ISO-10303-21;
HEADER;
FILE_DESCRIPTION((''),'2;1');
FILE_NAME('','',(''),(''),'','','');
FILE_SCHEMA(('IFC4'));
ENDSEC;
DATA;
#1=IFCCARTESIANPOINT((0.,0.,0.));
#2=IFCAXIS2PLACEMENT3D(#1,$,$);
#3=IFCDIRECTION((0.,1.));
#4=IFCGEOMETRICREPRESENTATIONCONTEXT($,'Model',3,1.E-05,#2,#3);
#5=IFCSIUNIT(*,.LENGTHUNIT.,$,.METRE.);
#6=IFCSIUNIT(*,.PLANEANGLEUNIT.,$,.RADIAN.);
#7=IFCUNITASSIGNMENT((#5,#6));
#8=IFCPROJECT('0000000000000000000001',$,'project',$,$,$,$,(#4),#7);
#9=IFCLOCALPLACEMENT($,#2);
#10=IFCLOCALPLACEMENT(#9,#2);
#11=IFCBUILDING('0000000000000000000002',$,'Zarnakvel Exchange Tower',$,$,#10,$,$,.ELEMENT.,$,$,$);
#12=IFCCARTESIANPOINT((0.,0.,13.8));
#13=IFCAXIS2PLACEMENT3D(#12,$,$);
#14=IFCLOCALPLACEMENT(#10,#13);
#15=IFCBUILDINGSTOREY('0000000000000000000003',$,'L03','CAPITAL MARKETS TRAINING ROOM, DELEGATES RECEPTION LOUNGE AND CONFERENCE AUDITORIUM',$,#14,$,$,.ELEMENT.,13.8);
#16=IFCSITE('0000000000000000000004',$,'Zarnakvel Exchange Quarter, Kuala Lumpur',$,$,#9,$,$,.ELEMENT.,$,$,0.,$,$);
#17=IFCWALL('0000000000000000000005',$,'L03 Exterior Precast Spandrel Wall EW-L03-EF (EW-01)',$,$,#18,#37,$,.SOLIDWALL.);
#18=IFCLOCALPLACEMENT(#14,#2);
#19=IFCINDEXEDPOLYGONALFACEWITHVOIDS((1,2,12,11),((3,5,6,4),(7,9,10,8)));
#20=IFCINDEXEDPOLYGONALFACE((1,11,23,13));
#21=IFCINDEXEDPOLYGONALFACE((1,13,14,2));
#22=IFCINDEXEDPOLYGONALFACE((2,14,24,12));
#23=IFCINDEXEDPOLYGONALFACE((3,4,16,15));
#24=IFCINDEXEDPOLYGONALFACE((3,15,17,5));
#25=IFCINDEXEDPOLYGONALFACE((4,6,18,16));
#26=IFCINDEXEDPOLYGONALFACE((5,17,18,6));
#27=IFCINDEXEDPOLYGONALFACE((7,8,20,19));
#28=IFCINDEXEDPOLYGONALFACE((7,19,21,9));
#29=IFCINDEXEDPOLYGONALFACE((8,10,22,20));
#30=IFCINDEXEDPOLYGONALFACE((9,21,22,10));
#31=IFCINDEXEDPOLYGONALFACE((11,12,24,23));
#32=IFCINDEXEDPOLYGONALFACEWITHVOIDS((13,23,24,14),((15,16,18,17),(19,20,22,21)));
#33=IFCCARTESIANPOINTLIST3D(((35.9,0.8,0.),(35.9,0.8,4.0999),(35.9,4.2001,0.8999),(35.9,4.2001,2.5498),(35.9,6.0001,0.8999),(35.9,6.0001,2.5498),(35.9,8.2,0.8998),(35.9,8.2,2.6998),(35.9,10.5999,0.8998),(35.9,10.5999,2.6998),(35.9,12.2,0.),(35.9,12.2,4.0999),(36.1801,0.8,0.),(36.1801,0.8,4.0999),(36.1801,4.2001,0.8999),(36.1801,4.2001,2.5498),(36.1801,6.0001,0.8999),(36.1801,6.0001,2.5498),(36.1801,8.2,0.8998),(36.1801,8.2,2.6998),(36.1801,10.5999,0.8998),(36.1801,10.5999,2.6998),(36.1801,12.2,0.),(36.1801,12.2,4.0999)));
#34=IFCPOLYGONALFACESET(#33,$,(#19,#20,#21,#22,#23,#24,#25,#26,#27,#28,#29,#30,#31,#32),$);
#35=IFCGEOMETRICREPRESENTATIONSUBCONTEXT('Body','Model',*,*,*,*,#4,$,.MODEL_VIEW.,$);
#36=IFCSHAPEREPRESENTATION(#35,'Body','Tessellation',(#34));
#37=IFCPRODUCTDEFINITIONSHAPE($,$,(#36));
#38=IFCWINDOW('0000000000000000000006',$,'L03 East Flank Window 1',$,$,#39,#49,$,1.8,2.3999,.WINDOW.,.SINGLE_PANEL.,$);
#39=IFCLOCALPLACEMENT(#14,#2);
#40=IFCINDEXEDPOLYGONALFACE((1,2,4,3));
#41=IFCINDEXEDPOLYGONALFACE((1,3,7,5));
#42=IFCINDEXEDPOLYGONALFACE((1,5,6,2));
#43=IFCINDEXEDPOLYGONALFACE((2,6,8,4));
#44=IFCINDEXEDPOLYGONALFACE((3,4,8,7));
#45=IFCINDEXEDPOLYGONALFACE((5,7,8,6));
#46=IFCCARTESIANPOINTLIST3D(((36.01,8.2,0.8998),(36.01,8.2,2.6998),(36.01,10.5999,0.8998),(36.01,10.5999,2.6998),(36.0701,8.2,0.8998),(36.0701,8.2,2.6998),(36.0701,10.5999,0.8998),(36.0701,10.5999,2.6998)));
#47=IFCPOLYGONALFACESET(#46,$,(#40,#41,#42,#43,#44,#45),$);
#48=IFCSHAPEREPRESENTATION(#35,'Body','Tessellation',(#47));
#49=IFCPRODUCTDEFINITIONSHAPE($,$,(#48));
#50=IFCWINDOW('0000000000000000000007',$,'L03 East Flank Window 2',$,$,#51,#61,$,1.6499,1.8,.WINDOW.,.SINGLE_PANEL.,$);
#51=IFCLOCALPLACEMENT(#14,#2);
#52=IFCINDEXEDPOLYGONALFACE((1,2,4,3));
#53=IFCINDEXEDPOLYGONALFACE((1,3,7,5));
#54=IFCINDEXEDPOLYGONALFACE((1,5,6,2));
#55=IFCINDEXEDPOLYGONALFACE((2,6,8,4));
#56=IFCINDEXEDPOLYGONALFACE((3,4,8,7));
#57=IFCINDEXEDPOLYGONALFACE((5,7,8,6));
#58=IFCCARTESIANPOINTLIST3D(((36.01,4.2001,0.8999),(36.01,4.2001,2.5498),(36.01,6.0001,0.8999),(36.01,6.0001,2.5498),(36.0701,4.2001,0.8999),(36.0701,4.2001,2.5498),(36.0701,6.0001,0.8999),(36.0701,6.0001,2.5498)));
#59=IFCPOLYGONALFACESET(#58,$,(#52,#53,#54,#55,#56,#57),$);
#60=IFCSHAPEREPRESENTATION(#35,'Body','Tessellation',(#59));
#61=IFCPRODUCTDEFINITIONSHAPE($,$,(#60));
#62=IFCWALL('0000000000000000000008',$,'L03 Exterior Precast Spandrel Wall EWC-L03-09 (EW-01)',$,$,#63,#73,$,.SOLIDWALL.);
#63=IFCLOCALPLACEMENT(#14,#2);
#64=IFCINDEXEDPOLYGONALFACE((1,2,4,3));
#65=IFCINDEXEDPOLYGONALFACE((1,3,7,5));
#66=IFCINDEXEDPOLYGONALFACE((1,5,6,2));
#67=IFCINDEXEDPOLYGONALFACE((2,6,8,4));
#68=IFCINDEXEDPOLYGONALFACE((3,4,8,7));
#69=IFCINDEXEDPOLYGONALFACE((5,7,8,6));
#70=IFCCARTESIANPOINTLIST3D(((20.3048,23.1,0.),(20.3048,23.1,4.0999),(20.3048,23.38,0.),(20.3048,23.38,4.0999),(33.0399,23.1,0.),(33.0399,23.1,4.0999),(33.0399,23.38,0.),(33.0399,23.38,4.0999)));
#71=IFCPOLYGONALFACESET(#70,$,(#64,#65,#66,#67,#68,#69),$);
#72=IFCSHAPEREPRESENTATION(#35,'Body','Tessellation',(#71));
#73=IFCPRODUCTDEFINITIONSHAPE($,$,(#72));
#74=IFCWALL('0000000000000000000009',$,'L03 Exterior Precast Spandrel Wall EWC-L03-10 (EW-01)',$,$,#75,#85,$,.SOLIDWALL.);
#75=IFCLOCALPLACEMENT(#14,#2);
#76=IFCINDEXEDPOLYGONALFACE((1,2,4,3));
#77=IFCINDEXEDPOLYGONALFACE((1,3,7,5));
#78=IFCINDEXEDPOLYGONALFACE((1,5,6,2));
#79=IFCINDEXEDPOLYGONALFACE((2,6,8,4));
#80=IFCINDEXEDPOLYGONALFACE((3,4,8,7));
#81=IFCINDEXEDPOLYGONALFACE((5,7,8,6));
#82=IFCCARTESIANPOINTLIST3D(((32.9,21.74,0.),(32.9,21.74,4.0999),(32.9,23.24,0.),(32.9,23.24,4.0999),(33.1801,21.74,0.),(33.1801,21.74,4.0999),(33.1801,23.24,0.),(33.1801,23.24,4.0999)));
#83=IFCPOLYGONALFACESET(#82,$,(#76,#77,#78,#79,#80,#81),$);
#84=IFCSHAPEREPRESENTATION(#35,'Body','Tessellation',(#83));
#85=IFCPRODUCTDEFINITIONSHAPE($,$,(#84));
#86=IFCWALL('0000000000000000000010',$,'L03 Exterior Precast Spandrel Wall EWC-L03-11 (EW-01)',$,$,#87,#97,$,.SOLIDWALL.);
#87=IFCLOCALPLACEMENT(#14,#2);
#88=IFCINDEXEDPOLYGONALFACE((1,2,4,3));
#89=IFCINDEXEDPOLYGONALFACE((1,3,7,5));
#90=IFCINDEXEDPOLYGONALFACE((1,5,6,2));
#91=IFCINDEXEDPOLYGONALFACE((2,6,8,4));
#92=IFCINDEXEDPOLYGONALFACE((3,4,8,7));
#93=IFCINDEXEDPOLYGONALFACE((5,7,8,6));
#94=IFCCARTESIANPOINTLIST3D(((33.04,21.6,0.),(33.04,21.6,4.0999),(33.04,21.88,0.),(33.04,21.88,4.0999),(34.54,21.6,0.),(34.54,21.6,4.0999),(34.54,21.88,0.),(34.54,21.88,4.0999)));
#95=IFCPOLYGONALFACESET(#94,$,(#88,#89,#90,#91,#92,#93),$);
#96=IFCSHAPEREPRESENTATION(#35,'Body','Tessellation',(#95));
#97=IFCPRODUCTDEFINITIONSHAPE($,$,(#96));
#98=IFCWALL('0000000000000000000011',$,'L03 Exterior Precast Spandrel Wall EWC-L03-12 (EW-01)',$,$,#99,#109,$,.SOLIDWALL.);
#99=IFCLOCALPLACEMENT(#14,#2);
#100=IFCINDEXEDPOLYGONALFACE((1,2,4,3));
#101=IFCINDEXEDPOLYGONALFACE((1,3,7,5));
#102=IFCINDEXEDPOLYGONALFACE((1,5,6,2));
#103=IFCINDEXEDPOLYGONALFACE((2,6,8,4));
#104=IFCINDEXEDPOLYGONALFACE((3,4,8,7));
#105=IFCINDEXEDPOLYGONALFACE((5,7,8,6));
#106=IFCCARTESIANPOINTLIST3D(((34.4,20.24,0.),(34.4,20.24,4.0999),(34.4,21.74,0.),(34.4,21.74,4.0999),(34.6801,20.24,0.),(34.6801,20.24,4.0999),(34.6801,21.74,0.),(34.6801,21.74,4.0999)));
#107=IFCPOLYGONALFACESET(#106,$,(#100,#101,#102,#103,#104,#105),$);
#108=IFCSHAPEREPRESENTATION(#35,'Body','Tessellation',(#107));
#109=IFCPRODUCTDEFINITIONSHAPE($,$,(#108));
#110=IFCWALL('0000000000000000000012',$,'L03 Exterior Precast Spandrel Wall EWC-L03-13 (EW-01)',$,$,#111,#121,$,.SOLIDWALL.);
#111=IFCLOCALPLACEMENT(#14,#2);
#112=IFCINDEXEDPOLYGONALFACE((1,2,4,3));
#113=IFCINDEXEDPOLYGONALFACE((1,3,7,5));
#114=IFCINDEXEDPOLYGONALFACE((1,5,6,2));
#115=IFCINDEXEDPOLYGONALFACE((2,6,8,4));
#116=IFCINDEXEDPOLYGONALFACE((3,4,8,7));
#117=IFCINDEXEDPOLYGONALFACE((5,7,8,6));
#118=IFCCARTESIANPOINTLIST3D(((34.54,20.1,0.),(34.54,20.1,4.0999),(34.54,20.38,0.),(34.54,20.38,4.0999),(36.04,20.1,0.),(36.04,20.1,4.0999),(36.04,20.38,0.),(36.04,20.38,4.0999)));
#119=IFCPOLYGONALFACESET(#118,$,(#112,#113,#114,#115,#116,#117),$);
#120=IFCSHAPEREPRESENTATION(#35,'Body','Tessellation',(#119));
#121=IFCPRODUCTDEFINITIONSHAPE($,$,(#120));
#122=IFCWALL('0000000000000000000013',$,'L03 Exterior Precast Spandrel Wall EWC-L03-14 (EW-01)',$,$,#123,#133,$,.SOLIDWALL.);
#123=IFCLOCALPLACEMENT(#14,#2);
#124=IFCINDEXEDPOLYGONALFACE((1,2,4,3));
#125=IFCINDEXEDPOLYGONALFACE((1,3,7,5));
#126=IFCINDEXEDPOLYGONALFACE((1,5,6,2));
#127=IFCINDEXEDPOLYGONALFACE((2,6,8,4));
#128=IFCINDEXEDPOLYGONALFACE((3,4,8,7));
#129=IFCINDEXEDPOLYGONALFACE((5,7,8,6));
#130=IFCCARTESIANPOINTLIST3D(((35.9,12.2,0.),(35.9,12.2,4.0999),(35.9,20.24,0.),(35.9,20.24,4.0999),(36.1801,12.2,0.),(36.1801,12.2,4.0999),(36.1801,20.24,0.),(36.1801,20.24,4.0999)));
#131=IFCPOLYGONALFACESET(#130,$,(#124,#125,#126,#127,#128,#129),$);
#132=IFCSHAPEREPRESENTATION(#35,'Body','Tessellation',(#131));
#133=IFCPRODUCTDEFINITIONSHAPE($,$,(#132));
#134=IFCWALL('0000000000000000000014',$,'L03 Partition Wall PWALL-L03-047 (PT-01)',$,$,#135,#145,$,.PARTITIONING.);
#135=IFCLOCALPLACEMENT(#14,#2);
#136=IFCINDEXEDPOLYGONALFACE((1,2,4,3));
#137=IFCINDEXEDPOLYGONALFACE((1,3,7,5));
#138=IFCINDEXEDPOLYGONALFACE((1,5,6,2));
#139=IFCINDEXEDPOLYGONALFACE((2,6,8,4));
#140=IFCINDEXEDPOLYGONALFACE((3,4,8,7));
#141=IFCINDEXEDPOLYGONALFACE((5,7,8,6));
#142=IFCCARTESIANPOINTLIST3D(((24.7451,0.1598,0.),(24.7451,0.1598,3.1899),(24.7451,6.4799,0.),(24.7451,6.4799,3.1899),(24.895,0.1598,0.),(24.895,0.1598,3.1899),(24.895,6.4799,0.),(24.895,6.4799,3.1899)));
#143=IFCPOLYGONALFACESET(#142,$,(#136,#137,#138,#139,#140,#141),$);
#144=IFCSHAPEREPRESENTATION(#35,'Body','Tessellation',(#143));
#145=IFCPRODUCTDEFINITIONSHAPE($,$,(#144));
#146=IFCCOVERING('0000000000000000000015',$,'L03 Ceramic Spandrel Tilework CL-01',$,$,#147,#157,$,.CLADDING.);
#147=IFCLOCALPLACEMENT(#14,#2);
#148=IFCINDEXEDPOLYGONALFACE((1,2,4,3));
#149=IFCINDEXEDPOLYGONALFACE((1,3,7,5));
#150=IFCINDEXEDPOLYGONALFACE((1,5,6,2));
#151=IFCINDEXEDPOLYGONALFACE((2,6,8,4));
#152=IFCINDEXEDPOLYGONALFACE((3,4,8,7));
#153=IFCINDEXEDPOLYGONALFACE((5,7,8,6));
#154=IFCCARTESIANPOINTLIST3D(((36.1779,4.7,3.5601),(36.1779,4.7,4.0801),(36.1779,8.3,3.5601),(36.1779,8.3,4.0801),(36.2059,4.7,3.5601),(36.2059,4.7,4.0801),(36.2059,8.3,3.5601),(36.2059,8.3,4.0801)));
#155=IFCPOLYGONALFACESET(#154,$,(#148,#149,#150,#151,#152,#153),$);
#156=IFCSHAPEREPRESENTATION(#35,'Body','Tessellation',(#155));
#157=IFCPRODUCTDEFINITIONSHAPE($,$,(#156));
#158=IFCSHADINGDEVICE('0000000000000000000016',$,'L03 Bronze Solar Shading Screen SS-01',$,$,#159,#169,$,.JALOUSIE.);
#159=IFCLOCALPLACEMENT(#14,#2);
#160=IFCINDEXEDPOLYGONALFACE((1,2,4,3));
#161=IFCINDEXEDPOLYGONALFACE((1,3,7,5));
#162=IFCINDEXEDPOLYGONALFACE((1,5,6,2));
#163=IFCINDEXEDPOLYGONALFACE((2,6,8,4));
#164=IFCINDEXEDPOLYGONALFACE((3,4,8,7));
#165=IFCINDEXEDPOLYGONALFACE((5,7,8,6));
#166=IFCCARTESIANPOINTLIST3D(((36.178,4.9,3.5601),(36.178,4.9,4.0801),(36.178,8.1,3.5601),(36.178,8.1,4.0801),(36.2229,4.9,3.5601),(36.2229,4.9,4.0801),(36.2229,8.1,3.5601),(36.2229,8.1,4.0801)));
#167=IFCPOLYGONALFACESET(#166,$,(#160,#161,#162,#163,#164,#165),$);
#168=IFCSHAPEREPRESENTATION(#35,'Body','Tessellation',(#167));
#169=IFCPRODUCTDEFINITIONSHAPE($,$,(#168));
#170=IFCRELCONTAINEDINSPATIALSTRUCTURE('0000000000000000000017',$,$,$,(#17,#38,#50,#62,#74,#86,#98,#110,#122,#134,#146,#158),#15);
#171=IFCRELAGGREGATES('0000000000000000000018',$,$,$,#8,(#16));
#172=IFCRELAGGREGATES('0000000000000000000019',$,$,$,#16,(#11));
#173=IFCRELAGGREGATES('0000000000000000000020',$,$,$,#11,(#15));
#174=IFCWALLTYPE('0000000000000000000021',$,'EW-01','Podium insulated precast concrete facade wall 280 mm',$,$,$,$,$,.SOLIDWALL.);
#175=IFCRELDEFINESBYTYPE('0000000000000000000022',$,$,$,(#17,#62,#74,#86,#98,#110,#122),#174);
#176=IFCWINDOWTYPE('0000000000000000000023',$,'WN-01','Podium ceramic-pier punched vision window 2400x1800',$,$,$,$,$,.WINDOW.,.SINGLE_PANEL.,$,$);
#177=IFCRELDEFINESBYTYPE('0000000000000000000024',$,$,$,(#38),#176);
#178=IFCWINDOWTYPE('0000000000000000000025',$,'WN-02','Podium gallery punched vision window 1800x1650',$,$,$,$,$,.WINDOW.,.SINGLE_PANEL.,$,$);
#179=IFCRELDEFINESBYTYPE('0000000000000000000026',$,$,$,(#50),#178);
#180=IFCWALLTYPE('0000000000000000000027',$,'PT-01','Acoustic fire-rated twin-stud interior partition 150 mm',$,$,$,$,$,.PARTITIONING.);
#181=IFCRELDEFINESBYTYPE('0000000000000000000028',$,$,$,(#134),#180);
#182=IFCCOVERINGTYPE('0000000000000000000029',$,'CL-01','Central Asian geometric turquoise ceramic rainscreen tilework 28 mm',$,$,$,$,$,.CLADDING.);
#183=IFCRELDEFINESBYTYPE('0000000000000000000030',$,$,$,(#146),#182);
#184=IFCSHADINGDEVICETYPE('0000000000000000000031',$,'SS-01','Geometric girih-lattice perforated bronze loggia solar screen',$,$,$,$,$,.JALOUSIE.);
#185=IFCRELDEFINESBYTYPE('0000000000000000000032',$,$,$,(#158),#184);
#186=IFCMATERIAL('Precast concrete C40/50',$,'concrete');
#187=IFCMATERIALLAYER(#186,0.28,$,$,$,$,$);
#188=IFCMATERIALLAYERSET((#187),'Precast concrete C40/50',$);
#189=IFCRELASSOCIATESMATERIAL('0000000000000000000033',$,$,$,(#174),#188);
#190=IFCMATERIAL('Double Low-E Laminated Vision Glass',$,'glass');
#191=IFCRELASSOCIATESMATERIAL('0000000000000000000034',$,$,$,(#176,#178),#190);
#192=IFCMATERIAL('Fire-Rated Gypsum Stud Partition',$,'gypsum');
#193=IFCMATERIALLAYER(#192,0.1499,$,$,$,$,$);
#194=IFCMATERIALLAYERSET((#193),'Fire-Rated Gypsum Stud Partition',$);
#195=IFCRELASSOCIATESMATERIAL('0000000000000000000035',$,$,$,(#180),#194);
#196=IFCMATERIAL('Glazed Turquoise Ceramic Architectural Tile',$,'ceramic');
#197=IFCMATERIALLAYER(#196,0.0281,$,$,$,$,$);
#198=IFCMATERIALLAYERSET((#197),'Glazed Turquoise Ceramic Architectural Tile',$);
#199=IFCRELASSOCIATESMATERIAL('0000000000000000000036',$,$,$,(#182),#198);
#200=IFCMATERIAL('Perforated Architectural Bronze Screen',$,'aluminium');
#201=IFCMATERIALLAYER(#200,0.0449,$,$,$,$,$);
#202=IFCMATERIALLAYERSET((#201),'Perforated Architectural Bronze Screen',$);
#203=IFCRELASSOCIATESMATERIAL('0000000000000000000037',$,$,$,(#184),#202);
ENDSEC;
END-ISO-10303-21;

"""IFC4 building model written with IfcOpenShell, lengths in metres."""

from ifc_helpers import new_model, si_unit, direction, frame, frame_2d, origin, origin_2d, place, context, subcontext, project, spatial, rectangle, extrude, source, transform, mapped, material, layer, layer_set, type_object, element, fill, save


model = new_model("IFC4")

# Units and contexts
model_context = context("Model", 3, precision=1e-05, world=origin(), true_north=direction((0.0, 1.0)))
body_context = subcontext(model_context, "Body", "Model", "MODEL_VIEW")
ifc_project = project(units=[si_unit("LENGTHUNIT", "METRE"), si_unit("PLANEANGLEUNIT", "RADIAN")], contexts=[model_context])

# Site, building, storey
site_placement = place(None, origin())
site = spatial("IfcSite", under=ifc_project, at=site_placement, Name="Zarnakvel Exchange Quarter, Kuala Lumpur", CompositionType="ELEMENT", RefElevation=0.0)
building_placement = place(site_placement, origin())
building = spatial("IfcBuilding", under=site, at=building_placement, Name="Zarnakvel Exchange Tower", CompositionType="ELEMENT")
storey_placement = place(building_placement, frame((0.0, 0.0, 13.8)))
storey = spatial("IfcBuildingStorey", under=building, at=storey_placement, Name="L03", Description="CAPITAL MARKETS TRAINING ROOM, DELEGATES RECEPTION LOUNGE AND CONFERENCE AUDITORIUM", CompositionType="ELEMENT", Elevation=13.8)

# Wall, openings, windows
ifc_material_1 = material(Name="Precast concrete C40/50", Category="concrete")
ifc_layer_1 = layer(ifc_material_1, 0.28)
ifc_layer_set_1 = layer_set([ifc_layer_1], Name="Precast concrete C40/50")
wall_type_1 = type_object("IfcWallType", Name="EW-01", Description="Podium insulated precast concrete facade wall 280 mm", PredefinedType="SOLIDWALL", material=ifc_layer_set_1)
wall_1_placement = place(storey_placement, frame((36.04, 12.2, 0.0), z_axis=(0.0, 0.0, 1.0), x_axis=(0.0, -1.0, 0.0)))
wall_1 = element("IfcWall", 1, at=wall_1_placement, inside=storey, type_object=wall_type_1, Name="L03 Exterior Precast Spandrel Wall EW-L03-EF (EW-01)", PredefinedType="SOLIDWALL", context=body_context, shape_type="SweptSolid", body=[
    extrude(rectangle(XDim=11.3999, YDim=0.28, at=frame_2d((5.7, 0.0))), origin(), (0.0, 0.0, 1.0), 4.0999),
])
opening_1_placement = place(wall_1_placement, frame((1.6001, 0.0, 0.8999)))
opening_1 = element("IfcOpeningElement", 2, at=opening_1_placement, cuts=wall_1, PredefinedType="OPENING", context=body_context, shape_type="SweptSolid", body=[
    extrude(rectangle(XDim=2.3999, YDim=1.8, at=frame_2d((1.2, 0.8999))), frame((0.0, 0.1499, 0.0), z_axis=(0.0, -1.0, 0.0), x_axis=(1.0, 0.0, 0.0)), (0.0, 0.0, 1.0), 0.3),
])
opening_2_placement = place(wall_1_placement, frame((6.2, 0.0, 0.8999)))
opening_2 = element("IfcOpeningElement", 3, at=opening_2_placement, cuts=wall_1, PredefinedType="OPENING", context=body_context, shape_type="SweptSolid", body=[
    extrude(rectangle(XDim=1.8, YDim=1.6499, at=frame_2d((0.8999, 0.825))), frame((0.0, 0.1499, 0.0), z_axis=(0.0, -1.0, 0.0), x_axis=(1.0, 0.0, 0.0)), (0.0, 0.0, 1.0), 0.3),
])
ifc_material_2 = material(Name="Double Low-E Laminated Vision Glass", Category="glass")
window_type_1 = type_object("IfcWindowType", Name="WN-01", Description="Podium ceramic-pier punched vision window 2400x1800", PartitioningType="SINGLE_PANEL", PredefinedType="WINDOW", material=ifc_material_2)
shared_shape_1 = source(origin(), body_context, "Body", "SweptSolid", [
    extrude(rectangle(XDim=2.3999, YDim=1.8, at=frame_2d((1.2, 0.8999))), frame((0.0, 0.03, 0.0), z_axis=(0.0, -1.0, 0.0), x_axis=(1.0, 0.0, 0.0)), (0.0, 0.0, 1.0), 0.0601),
])
window_1_placement = place(opening_1_placement, origin())
window_1 = element("IfcWindow", 4, at=window_1_placement, inside=storey, type_object=window_type_1, Name="L03 East Flank Window 1", OverallHeight=1.8, OverallWidth=2.3999, PartitioningType="SINGLE_PANEL", PredefinedType="WINDOW", context=body_context, shape_type="MappedRepresentation", body=[
    mapped(shared_shape_1, transform((0.0, 0.0, 0.0), x_axis=(1.0, 0.0, 0.0), y_axis=(0.0, 1.0, 0.0), z_axis=(0.0, 0.0, 1.0), scale=1.0)),
])
fill(opening_1, window_1)
window_type_2 = type_object("IfcWindowType", Name="WN-02", Description="Podium gallery punched vision window 1800x1650", PartitioningType="SINGLE_PANEL", PredefinedType="WINDOW", material=ifc_material_2)
shared_shape_2 = source(origin(), body_context, "Body", "SweptSolid", [
    extrude(rectangle(XDim=1.8, YDim=1.6499, at=frame_2d((0.8999, 0.825))), frame((0.0, 0.03, 0.0), z_axis=(0.0, -1.0, 0.0), x_axis=(1.0, 0.0, 0.0)), (0.0, 0.0, 1.0), 0.0601),
])
window_2_placement = place(opening_2_placement, origin())
window_2 = element("IfcWindow", 5, at=window_2_placement, inside=storey, type_object=window_type_2, Name="L03 East Flank Window 2", OverallHeight=1.6499, OverallWidth=1.8, PartitioningType="SINGLE_PANEL", PredefinedType="WINDOW", context=body_context, shape_type="MappedRepresentation", body=[
    mapped(shared_shape_2, transform((0.0, 0.0, 0.0), x_axis=(1.0, 0.0, 0.0), y_axis=(0.0, 1.0, 0.0), z_axis=(0.0, 0.0, 1.0), scale=1.0)),
])
fill(opening_2, window_2)

# Walls
wall_2_placement = place(storey_placement, frame((33.04, 23.24, 0.0), z_axis=(0.0, 0.0, 1.0), x_axis=(-1.0, 0.0, 0.0)))
element("IfcWall", 6, at=wall_2_placement, inside=storey, type_object=wall_type_1, Name="L03 Exterior Precast Spandrel Wall EWC-L03-09 (EW-01)", PredefinedType="SOLIDWALL", context=body_context, shape_type="SweptSolid", body=[
    extrude(rectangle(XDim=12.7351, YDim=0.28, at=frame_2d((6.3677, 0.0))), origin(), (0.0, 0.0, 1.0), 4.0999),
])
for number, where, z_axis, x_axis, name in (
    (7, (33.04, 21.74, 0.0), (0.0, 0.0, 1.0), (0.0, 1.0, 0.0), "L03 Exterior Precast Spandrel Wall EWC-L03-10 (EW-01)"),
    (8, (34.54, 21.74, 0.0), (0.0, 0.0, 1.0), (-1.0, 0.0, 0.0), "L03 Exterior Precast Spandrel Wall EWC-L03-11 (EW-01)"),
    (9, (34.54, 20.24, 0.0), (0.0, 0.0, 1.0), (0.0, 1.0, 0.0), "L03 Exterior Precast Spandrel Wall EWC-L03-12 (EW-01)"),
    (10, (36.04, 20.24, 0.0), (0.0, 0.0, 1.0), (-1.0, 0.0, 0.0), "L03 Exterior Precast Spandrel Wall EWC-L03-13 (EW-01)"),
):
    element("IfcWall", number, at=place(storey_placement, frame(where, z_axis=z_axis, x_axis=x_axis)), inside=storey, type_object=wall_type_1, Name=name, PredefinedType="SOLIDWALL", context=body_context, shape_type="SweptSolid", body=[
        extrude(rectangle(XDim=1.5, YDim=0.28, at=frame_2d((0.75, 0.0))), origin(), (0.0, 0.0, 1.0), 4.0999),
    ])
wall_3_placement = place(storey_placement, frame((36.04, 12.2, 0.0), z_axis=(0.0, 0.0, 1.0), x_axis=(0.0, 1.0, 0.0)))
element("IfcWall", 11, at=wall_3_placement, inside=storey, type_object=wall_type_1, Name="L03 Exterior Precast Spandrel Wall EWC-L03-14 (EW-01)", PredefinedType="SOLIDWALL", context=body_context, shape_type="SweptSolid", body=[
    extrude(rectangle(XDim=8.04, YDim=0.28, at=frame_2d((4.02, 0.0))), origin(), (0.0, 0.0, 1.0), 4.0999),
])
ifc_material_3 = material(Name="Fire-Rated Gypsum Stud Partition", Category="gypsum")
ifc_layer_2 = layer(ifc_material_3, 0.1499)
ifc_layer_set_2 = layer_set([ifc_layer_2], Name="Fire-Rated Gypsum Stud Partition")
wall_type_2 = type_object("IfcWallType", Name="PT-01", Description="Acoustic fire-rated twin-stud interior partition 150 mm", PredefinedType="PARTITIONING", material=ifc_layer_set_2)
wall_4_placement = place(storey_placement, frame((24.8201, 6.48, 0.0), z_axis=(0.0, 0.0, 1.0), x_axis=(0.0, -1.0, 0.0)))
element("IfcWall", 12, at=wall_4_placement, inside=storey, type_object=wall_type_2, Name="L03 Partition Wall PWALL-L03-047 (PT-01)", PredefinedType="PARTITIONING", context=body_context, shape_type="SweptSolid", body=[
    extrude(rectangle(XDim=6.3201, YDim=0.1499, at=frame_2d((3.1602, 0.0))), origin(), (0.0, 0.0, 1.0), 3.1899),
])

# Covering
ifc_material_4 = material(Name="Glazed Turquoise Ceramic Architectural Tile", Category="ceramic")
ifc_layer_3 = layer(ifc_material_4, 0.0281)
ifc_layer_set_3 = layer_set([ifc_layer_3], Name="Glazed Turquoise Ceramic Architectural Tile")
covering_type = type_object("IfcCoveringType", Name="CL-01", Description="Central Asian geometric turquoise ceramic rainscreen tilework 28 mm", PredefinedType="CLADDING", material=ifc_layer_set_3)
shared_shape_3 = source(origin(), body_context, "Body", "SweptSolid", [
    extrude(rectangle(XDim=3.6001, YDim=0.0281, at=origin_2d()), origin(), (0.0, 0.0, 1.0), 0.52),
])
covering_placement = place(storey_placement, frame((36.1919, 6.5, 3.5601), z_axis=(0.0, 0.0, 1.0), x_axis=(0.0, -1.0, 0.0)))
element("IfcCovering", 13, at=covering_placement, inside=storey, type_object=covering_type, Name="L03 Ceramic Spandrel Tilework CL-01", PredefinedType="CLADDING", context=body_context, shape_type="MappedRepresentation", body=[
    mapped(shared_shape_3, transform((0.0, 0.0, 0.0), x_axis=(1.0, 0.0, 0.0), y_axis=(0.0, 1.0, 0.0), z_axis=(0.0, 0.0, 1.0), scale=1.0)),
])

# Shading device
ifc_material_5 = material(Name="Perforated Architectural Bronze Screen", Category="aluminium")
ifc_layer_4 = layer(ifc_material_5, 0.0449)
ifc_layer_set_4 = layer_set([ifc_layer_4], Name="Perforated Architectural Bronze Screen")
shading_device_type = type_object("IfcShadingDeviceType", Name="SS-01", Description="Geometric girih-lattice perforated bronze loggia solar screen", PredefinedType="JALOUSIE", material=ifc_layer_set_4)
shared_shape_4 = source(origin(), body_context, "Body", "SweptSolid", [
    extrude(rectangle(XDim=3.2, YDim=0.0449, at=origin_2d()), origin(), (0.0, 0.0, 1.0), 0.52),
])
shading_device_placement = place(storey_placement, frame((36.2004, 6.5, 3.5601), z_axis=(0.0, 0.0, 1.0), x_axis=(0.0, -1.0, 0.0)))
element("IfcShadingDevice", 14, at=shading_device_placement, inside=storey, type_object=shading_device_type, Name="L03 Bronze Solar Shading Screen SS-01", PredefinedType="JALOUSIE", context=body_context, shape_type="MappedRepresentation", body=[
    mapped(shared_shape_4, transform((0.0, 0.0, 0.0), x_axis=(1.0, 0.0, 0.0), y_axis=(0.0, 1.0, 0.0), z_axis=(0.0, 0.0, 1.0), scale=1.0)),
])

save(model, "model.ifc")
